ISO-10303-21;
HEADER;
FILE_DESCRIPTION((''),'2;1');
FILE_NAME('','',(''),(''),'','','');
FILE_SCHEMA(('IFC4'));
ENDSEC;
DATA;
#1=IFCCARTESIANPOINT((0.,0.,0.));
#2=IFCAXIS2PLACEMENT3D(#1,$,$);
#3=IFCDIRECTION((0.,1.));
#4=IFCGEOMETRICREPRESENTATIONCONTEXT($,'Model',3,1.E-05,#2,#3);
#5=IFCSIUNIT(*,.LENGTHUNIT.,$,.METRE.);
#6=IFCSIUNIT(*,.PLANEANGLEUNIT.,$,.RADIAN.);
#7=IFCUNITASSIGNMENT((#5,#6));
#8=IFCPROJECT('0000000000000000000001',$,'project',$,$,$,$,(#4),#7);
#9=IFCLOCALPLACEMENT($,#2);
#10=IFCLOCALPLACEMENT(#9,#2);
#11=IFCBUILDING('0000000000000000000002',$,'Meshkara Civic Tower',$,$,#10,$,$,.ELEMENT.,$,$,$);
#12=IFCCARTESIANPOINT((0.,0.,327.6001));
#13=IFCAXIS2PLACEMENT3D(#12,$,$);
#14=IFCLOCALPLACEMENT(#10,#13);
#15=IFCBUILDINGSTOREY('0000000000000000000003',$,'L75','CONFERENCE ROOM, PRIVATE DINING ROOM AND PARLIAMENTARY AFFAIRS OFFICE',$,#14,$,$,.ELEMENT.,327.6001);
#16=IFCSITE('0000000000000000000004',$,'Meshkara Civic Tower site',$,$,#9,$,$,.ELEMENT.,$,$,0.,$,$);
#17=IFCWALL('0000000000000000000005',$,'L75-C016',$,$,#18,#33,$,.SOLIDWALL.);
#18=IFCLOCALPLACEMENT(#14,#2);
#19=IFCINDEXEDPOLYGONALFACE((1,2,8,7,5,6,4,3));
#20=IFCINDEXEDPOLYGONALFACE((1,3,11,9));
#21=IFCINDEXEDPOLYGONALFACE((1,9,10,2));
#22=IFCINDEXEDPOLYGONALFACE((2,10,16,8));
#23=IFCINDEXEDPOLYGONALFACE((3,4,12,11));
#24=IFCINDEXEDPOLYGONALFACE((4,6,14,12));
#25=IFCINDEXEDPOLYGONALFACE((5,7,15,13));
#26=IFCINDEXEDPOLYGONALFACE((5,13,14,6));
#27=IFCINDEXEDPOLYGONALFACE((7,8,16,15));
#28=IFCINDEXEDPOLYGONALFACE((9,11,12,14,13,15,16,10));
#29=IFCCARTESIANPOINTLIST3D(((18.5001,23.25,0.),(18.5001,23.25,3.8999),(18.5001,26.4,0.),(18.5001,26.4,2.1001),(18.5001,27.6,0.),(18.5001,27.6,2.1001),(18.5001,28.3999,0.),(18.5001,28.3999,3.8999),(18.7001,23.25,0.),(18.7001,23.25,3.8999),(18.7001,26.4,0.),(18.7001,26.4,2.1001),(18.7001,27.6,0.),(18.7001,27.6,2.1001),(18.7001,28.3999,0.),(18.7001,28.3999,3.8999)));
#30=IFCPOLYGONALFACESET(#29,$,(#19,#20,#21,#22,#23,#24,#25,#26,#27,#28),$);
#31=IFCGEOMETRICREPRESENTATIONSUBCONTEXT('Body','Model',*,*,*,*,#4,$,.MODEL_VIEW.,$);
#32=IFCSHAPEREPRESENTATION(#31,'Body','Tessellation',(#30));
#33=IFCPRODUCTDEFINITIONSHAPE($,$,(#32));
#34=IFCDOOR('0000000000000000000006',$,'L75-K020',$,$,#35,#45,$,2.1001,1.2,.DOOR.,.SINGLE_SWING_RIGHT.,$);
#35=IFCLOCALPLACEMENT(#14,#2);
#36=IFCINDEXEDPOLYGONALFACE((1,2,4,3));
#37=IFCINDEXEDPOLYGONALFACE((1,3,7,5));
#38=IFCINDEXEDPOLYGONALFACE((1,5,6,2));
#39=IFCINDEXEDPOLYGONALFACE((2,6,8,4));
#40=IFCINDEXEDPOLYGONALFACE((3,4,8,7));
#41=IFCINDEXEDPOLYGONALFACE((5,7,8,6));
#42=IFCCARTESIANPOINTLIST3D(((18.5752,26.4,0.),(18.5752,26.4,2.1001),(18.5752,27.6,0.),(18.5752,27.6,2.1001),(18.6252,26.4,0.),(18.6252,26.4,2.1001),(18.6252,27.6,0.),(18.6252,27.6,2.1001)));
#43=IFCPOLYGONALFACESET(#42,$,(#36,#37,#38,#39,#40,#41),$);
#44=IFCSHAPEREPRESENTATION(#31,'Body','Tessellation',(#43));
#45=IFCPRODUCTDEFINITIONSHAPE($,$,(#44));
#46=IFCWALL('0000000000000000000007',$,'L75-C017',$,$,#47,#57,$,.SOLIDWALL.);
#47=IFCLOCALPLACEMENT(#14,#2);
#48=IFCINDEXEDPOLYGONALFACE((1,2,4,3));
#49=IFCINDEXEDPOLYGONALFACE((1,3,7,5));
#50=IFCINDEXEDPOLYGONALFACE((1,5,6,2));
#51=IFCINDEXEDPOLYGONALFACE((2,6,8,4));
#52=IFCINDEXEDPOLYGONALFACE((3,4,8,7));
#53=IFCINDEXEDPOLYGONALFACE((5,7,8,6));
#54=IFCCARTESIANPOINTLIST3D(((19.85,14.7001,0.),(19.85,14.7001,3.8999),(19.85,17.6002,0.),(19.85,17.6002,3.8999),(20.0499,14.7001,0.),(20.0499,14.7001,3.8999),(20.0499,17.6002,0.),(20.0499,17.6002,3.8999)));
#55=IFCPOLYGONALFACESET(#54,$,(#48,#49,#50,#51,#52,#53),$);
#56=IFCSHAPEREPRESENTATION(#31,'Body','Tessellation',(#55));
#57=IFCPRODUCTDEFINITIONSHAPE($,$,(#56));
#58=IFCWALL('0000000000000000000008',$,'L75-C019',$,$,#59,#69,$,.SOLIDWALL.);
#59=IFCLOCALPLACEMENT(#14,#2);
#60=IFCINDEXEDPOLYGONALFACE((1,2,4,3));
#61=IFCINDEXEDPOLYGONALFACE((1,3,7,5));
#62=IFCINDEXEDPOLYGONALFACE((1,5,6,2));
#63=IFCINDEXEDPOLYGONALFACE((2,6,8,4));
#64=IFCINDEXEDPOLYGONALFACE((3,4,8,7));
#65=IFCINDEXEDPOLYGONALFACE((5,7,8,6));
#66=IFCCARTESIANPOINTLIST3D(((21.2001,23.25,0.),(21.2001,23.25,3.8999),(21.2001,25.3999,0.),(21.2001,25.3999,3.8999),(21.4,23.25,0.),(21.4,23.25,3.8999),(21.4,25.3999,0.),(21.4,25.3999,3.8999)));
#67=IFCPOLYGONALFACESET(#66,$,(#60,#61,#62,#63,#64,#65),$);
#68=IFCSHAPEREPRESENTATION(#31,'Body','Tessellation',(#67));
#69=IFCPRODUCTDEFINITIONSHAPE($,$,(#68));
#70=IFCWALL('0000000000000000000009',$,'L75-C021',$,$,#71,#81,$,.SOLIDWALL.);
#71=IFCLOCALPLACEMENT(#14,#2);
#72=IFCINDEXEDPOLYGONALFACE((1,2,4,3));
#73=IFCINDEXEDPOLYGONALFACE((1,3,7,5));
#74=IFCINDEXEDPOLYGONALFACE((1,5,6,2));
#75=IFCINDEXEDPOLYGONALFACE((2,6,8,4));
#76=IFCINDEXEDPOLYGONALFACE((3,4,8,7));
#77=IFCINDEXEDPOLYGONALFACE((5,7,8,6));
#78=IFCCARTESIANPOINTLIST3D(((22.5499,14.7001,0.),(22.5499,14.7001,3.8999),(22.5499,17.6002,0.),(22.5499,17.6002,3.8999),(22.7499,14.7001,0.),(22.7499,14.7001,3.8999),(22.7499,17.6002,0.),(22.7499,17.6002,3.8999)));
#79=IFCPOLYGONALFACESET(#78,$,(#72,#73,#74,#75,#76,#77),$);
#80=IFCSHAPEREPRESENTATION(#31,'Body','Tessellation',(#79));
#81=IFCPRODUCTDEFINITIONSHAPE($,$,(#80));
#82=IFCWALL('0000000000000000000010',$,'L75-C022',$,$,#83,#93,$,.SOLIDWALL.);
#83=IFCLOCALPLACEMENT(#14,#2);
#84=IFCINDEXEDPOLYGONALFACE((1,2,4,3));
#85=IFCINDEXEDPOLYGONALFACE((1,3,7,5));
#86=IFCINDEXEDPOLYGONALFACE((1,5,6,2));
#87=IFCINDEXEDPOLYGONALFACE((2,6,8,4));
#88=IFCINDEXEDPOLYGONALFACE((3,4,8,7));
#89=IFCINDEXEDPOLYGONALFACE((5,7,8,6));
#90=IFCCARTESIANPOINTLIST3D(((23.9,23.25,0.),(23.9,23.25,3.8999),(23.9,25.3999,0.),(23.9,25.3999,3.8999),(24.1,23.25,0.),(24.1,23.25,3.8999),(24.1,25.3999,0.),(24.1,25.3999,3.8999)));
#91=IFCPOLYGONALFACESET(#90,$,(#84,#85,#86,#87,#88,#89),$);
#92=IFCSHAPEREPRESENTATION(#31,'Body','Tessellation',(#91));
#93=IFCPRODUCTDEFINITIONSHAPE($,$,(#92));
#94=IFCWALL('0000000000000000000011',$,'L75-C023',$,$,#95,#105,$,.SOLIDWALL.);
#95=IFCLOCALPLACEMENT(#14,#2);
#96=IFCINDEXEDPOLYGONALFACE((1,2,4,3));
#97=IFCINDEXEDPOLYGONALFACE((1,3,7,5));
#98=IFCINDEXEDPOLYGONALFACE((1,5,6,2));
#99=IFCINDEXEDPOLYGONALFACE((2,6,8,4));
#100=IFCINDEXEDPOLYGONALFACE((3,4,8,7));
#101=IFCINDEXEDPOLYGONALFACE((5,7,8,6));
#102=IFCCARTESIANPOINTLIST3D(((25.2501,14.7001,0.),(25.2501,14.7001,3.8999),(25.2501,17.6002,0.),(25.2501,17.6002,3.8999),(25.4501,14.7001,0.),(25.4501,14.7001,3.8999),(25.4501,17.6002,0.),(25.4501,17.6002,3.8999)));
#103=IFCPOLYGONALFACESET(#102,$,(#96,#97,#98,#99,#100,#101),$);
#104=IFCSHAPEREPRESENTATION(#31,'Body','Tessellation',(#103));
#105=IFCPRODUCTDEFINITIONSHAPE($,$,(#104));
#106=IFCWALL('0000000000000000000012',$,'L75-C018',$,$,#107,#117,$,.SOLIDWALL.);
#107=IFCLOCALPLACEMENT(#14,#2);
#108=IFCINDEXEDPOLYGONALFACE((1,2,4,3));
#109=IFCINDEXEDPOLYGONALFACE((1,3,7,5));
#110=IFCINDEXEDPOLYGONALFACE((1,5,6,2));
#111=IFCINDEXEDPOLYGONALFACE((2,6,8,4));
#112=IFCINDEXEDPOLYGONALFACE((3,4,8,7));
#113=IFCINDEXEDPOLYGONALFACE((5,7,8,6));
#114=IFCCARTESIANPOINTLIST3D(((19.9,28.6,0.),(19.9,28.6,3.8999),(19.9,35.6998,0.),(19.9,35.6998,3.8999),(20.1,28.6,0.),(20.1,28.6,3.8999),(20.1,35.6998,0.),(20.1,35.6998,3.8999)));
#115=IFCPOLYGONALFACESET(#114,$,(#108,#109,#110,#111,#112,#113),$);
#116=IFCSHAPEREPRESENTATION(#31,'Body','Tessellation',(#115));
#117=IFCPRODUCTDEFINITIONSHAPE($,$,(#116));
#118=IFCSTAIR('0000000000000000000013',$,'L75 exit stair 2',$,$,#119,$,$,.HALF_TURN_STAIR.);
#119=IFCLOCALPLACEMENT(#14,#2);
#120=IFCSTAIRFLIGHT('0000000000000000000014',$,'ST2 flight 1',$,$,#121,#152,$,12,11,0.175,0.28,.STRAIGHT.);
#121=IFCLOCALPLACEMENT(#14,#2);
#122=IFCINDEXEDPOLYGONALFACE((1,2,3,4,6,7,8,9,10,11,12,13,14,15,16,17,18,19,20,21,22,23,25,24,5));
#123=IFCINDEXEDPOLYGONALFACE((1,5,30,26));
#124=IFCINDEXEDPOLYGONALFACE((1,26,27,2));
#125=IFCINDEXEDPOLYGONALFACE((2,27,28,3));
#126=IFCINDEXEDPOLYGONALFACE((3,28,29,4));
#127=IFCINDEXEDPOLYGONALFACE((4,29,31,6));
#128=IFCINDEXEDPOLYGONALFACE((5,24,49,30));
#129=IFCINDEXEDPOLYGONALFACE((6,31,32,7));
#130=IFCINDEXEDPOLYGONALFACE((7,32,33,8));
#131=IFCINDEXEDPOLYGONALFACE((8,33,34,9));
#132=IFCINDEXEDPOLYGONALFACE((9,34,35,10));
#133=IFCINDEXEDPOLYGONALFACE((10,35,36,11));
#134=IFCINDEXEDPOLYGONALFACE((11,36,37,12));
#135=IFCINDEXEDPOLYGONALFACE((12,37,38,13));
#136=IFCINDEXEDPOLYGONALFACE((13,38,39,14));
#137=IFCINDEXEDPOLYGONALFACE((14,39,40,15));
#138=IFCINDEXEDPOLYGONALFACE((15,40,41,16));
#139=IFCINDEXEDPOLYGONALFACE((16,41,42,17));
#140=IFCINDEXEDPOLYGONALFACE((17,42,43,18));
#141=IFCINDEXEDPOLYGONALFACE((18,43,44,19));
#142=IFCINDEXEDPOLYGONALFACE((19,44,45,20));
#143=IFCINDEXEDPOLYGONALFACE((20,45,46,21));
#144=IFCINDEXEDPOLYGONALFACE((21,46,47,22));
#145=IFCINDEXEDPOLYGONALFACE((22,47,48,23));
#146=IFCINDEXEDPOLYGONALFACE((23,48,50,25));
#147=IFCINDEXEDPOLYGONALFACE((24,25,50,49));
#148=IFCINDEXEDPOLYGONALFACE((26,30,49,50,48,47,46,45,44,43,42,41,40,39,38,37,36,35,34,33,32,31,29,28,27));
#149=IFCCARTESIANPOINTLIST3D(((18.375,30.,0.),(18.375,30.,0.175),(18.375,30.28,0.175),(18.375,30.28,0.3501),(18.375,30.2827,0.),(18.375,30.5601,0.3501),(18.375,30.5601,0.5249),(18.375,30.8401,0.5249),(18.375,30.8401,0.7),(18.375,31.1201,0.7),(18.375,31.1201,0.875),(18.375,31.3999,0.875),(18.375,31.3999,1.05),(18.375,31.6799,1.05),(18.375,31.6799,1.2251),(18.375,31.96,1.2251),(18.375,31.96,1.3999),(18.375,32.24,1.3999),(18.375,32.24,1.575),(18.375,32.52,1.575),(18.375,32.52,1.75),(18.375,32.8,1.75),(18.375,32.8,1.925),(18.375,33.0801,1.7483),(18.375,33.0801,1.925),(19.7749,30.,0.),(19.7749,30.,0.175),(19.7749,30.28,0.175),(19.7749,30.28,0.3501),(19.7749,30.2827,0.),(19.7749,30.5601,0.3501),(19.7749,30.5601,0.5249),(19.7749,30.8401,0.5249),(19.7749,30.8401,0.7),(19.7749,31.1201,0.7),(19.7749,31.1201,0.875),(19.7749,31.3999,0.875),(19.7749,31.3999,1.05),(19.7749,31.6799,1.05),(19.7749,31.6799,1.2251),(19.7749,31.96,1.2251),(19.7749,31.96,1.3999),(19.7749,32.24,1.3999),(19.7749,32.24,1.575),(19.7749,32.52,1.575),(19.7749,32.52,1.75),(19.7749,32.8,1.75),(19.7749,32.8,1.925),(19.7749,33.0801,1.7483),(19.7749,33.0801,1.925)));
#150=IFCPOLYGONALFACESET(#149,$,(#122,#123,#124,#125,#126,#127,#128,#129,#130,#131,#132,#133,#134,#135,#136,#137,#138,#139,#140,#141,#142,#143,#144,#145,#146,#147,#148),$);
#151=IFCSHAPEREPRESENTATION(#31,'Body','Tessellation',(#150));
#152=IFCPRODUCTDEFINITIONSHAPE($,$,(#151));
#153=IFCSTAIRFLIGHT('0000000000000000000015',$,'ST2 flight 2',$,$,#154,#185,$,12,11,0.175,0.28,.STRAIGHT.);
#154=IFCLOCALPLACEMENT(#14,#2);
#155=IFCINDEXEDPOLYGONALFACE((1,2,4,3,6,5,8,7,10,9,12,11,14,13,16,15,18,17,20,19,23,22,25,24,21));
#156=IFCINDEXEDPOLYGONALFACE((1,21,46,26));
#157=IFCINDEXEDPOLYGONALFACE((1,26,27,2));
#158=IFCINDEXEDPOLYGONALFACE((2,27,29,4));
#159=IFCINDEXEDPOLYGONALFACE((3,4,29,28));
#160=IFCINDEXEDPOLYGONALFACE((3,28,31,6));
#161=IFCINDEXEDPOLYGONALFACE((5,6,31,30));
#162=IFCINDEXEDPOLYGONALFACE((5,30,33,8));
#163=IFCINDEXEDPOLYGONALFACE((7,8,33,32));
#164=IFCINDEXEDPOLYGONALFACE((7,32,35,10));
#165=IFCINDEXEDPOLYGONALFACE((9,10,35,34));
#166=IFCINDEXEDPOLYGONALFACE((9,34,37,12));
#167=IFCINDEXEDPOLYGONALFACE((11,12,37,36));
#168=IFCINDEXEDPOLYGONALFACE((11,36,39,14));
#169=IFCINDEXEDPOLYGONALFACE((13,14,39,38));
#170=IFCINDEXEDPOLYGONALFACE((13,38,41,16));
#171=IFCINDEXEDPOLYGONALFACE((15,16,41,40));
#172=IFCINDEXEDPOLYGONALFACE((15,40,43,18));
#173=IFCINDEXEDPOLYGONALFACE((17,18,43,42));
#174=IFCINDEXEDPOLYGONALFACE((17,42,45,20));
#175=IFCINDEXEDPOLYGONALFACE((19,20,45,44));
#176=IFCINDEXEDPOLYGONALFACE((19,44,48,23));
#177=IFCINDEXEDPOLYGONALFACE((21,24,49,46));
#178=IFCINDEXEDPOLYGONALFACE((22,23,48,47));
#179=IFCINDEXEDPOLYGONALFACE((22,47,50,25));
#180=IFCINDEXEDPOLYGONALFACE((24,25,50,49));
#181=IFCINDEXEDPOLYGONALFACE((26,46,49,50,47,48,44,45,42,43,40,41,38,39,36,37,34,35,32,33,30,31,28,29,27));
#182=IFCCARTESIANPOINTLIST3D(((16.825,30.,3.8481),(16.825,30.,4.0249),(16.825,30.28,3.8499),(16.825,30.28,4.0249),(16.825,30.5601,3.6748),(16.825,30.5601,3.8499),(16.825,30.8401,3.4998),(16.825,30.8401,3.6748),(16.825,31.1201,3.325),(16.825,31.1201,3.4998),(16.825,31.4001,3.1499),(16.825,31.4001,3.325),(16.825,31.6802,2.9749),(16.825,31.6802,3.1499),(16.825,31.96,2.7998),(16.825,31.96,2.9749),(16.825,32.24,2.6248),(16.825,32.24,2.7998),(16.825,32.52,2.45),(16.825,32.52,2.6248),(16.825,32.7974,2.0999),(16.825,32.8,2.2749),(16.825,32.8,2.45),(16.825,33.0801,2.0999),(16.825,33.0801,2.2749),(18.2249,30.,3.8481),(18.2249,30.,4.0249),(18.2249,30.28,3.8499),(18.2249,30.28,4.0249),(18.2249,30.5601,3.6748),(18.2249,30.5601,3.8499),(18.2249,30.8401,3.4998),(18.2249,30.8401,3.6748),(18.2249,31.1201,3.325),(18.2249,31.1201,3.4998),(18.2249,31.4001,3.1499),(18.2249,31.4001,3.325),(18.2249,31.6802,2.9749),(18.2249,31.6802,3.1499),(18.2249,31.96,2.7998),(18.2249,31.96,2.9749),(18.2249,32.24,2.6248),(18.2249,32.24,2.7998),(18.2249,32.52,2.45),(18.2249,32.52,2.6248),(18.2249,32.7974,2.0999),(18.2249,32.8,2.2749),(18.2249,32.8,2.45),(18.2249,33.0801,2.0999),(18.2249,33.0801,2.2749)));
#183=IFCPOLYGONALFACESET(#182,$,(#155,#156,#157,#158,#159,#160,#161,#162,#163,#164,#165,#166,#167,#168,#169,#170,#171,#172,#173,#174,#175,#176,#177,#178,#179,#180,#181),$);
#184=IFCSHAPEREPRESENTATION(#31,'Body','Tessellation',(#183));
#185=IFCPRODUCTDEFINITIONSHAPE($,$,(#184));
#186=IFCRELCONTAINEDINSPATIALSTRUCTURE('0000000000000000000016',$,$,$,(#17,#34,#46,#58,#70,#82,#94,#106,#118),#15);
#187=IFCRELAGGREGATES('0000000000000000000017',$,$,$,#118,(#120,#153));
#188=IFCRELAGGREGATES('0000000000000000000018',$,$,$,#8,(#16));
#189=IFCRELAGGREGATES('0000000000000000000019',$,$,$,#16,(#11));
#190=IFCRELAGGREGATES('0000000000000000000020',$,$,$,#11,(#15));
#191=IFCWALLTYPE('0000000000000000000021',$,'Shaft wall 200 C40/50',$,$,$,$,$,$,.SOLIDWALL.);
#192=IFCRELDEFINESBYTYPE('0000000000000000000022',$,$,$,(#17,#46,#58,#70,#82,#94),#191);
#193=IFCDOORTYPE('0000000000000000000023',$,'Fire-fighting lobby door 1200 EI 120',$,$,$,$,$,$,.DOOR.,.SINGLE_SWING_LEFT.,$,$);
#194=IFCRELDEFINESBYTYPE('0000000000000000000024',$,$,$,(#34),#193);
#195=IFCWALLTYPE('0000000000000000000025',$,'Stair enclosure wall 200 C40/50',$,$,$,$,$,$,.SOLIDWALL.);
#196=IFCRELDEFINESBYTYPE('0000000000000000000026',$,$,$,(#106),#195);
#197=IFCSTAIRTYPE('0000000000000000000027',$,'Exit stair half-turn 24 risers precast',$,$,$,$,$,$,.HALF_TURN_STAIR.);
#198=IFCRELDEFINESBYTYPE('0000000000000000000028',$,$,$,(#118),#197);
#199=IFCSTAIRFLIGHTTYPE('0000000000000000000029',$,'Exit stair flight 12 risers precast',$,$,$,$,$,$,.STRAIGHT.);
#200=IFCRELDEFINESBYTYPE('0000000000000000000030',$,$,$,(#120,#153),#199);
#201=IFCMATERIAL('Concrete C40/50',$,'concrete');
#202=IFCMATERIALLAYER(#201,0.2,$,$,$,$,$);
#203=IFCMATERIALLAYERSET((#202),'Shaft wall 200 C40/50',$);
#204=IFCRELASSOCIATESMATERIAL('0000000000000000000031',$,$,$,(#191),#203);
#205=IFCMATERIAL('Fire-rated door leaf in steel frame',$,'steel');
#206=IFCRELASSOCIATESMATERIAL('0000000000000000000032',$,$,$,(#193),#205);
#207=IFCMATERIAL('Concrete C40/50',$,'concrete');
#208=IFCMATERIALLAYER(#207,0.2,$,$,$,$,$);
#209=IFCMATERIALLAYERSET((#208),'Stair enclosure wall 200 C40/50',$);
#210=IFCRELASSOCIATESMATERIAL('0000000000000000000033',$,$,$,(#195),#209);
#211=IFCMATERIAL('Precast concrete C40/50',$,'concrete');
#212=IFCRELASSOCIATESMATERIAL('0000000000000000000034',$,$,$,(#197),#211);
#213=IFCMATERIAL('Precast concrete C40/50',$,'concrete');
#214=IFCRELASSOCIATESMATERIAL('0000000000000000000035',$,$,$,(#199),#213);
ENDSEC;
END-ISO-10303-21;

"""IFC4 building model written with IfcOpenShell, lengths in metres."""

from ifc_helpers import new_model, si_unit, direction, frame, frame_2d, origin, place, context, subcontext, project, spatial, polyline, rectangle, outline, extrude, material, layer, layer_set, type_object, element, fill, aggregate, save


model = new_model("IFC4")

# Units and contexts
model_context = context("Model", 3, precision=1e-05, world=origin(), true_north=direction((0.0, 1.0)))
body_context = subcontext(model_context, "Body", "Model", "MODEL_VIEW")
ifc_project = project(units=[si_unit("LENGTHUNIT", "METRE"), si_unit("PLANEANGLEUNIT", "RADIAN")], contexts=[model_context])

# Site, building, storey
site_placement = place(None, origin())
site = spatial("IfcSite", under=ifc_project, at=site_placement, Name="Meshkara Civic Tower site", CompositionType="ELEMENT", RefElevation=0.0)
building_placement = place(site_placement, origin())
building = spatial("IfcBuilding", under=site, at=building_placement, Name="Meshkara Civic Tower", CompositionType="ELEMENT")
storey_placement = place(building_placement, frame((0.0, 0.0, 327.6001)))
storey = spatial("IfcBuildingStorey", under=building, at=storey_placement, Name="L75", Description="CONFERENCE ROOM, PRIVATE DINING ROOM AND PARLIAMENTARY AFFAIRS OFFICE", CompositionType="ELEMENT", Elevation=327.6001)

# Shared definitions
ifc_material_1 = material(Name="Concrete C40/50", Category="concrete")
ifc_layer_1 = layer(ifc_material_1, 0.2)
ifc_layer_set_1 = layer_set([ifc_layer_1], Name="Shaft wall 200 C40/50")
wall_type_1 = type_object("IfcWallType", Name="Shaft wall 200 C40/50", PredefinedType="SOLIDWALL", material=ifc_layer_set_1)

# Wall, opening, door
wall_1_placement = place(storey_placement, frame((18.6001, 23.25, 0.0), z_axis=(0.0, 0.0, 1.0), x_axis=(0.0, 1.0, 0.0)))
wall_1 = element("IfcWall", 1, at=wall_1_placement, inside=storey, type_object=wall_type_1, Name="L75-C016", PredefinedType="SOLIDWALL", context=body_context, shape_type="SweptSolid", body=[
    extrude(rectangle(XDim=5.1499, YDim=0.2, at=frame_2d((2.575, 0.0))), origin(), (0.0, 0.0, 1.0), 3.8999),
])
opening_1_placement = place(wall_1_placement, frame((3.1499, 0.0, 0.0)))
opening_1 = element("IfcOpeningElement", 2, at=opening_1_placement, cuts=wall_1, PredefinedType="OPENING", context=body_context, shape_type="SweptSolid", body=[
    extrude(rectangle(XDim=1.2, YDim=2.1001, at=frame_2d((0.6001, 1.05))), frame((0.0, 0.1099, 0.0), z_axis=(0.0, -1.0, 0.0), x_axis=(1.0, 0.0, 0.0)), (0.0, 0.0, 1.0), 0.22),
])
ifc_material_2 = material(Name="Fire-rated door leaf in steel frame", Category="steel")
door_type_1 = type_object("IfcDoorType", Name="Fire-fighting lobby door 1200 EI 120", OperationType="SINGLE_SWING_LEFT", PredefinedType="DOOR", material=ifc_material_2)
door_1_placement = place(opening_1_placement, origin())
door_1 = element("IfcDoor", 3, at=door_1_placement, inside=storey, type_object=door_type_1, Name="L75-K020", OperationType="SINGLE_SWING_RIGHT", OverallHeight=2.1001, OverallWidth=1.2, PredefinedType="DOOR", context=body_context, shape_type="SweptSolid", body=[
    extrude(rectangle(XDim=1.2, YDim=2.1001, at=frame_2d((0.6001, 1.05))), frame((0.0, 0.0249, 0.0), z_axis=(0.0, -1.0, 0.0), x_axis=(1.0, 0.0, 0.0)), (0.0, 0.0, 1.0), 0.05),
])
fill(opening_1, door_1)

# Walls
wall_2_placement = place(storey_placement, frame((19.95, 14.7, 0.0), z_axis=(0.0, 0.0, 1.0), x_axis=(0.0, 1.0, 0.0)))
element("IfcWall", 4, at=wall_2_placement, inside=storey, type_object=wall_type_1, Name="L75-C017", PredefinedType="SOLIDWALL", context=body_context, shape_type="SweptSolid", body=[
    extrude(rectangle(XDim=2.9001, YDim=0.2, at=frame_2d((1.4502, 0.0))), origin(), (0.0, 0.0, 1.0), 3.8999),
])
wall_3_placement = place(storey_placement, frame((21.3, 23.25, 0.0), z_axis=(0.0, 0.0, 1.0), x_axis=(0.0, 1.0, 0.0)))
element("IfcWall", 5, at=wall_3_placement, inside=storey, type_object=wall_type_1, Name="L75-C019", PredefinedType="SOLIDWALL", context=body_context, shape_type="SweptSolid", body=[
    extrude(rectangle(XDim=2.1499, YDim=0.2, at=frame_2d((1.075, 0.0))), origin(), (0.0, 0.0, 1.0), 3.8999),
])
wall_4_placement = place(storey_placement, frame((22.6499, 14.7, 0.0), z_axis=(0.0, 0.0, 1.0), x_axis=(0.0, 1.0, 0.0)))
element("IfcWall", 6, at=wall_4_placement, inside=storey, type_object=wall_type_1, Name="L75-C021", PredefinedType="SOLIDWALL", context=body_context, shape_type="SweptSolid", body=[
    extrude(rectangle(XDim=2.9001, YDim=0.2, at=frame_2d((1.4502, 0.0))), origin(), (0.0, 0.0, 1.0), 3.8999),
])
wall_5_placement = place(storey_placement, frame((24.0, 23.25, 0.0), z_axis=(0.0, 0.0, 1.0), x_axis=(0.0, 1.0, 0.0)))
element("IfcWall", 7, at=wall_5_placement, inside=storey, type_object=wall_type_1, Name="L75-C022", PredefinedType="SOLIDWALL", context=body_context, shape_type="SweptSolid", body=[
    extrude(rectangle(XDim=2.1499, YDim=0.2, at=frame_2d((1.075, 0.0))), origin(), (0.0, 0.0, 1.0), 3.8999),
])
wall_6_placement = place(storey_placement, frame((25.3501, 14.7, 0.0), z_axis=(0.0, 0.0, 1.0), x_axis=(0.0, 1.0, 0.0)))
element("IfcWall", 8, at=wall_6_placement, inside=storey, type_object=wall_type_1, Name="L75-C023", PredefinedType="SOLIDWALL", context=body_context, shape_type="SweptSolid", body=[
    extrude(rectangle(XDim=2.9001, YDim=0.2, at=frame_2d((1.4502, 0.0))), origin(), (0.0, 0.0, 1.0), 3.8999),
])
ifc_material_3 = material(Name="Concrete C40/50", Category="concrete")
ifc_layer_2 = layer(ifc_material_3, 0.2)
ifc_layer_set_2 = layer_set([ifc_layer_2], Name="Stair enclosure wall 200 C40/50")
wall_type_2 = type_object("IfcWallType", Name="Stair enclosure wall 200 C40/50", PredefinedType="SOLIDWALL", material=ifc_layer_set_2)
wall_7_placement = place(storey_placement, frame((20.0, 28.6001, 0.0), z_axis=(0.0, 0.0, 1.0), x_axis=(0.0, 1.0, 0.0)))
element("IfcWall", 9, at=wall_7_placement, inside=storey, type_object=wall_type_2, Name="L75-C018", PredefinedType="SOLIDWALL", context=body_context, shape_type="SweptSolid", body=[
    extrude(rectangle(XDim=7.0999, YDim=0.2, at=frame_2d((3.5498, 0.0))), origin(), (0.0, 0.0, 1.0), 3.8999),
])

# Stair, stair flights
ifc_material_4 = material(Name="Precast concrete C40/50", Category="concrete")
stair_type = type_object("IfcStairType", Name="Exit stair half-turn 24 risers precast", PredefinedType="HALF_TURN_STAIR", material=ifc_material_4)
stair_placement = place(storey_placement, origin())
stair = element("IfcStair", 10, at=stair_placement, inside=storey, type_object=stair_type, Name="L75 exit stair 2", PredefinedType="HALF_TURN_STAIR")
ifc_material_5 = material(Name="Precast concrete C40/50", Category="concrete")
stair_flight_type = type_object("IfcStairFlightType", Name="Exit stair flight 12 risers precast", PredefinedType="STRAIGHT", material=ifc_material_5)
stair_flight_1_placement = place(storey_placement, frame((19.075, 30.0, 0.0), z_axis=(0.0, 0.0, 1.0), x_axis=(0.0, 1.0, 0.0)))
stair_flight_1 = element("IfcStairFlight", 11, at=stair_flight_1_placement, type_object=stair_flight_type, Name="ST2 flight 1", NumberOfRisers=12, NumberOfTreads=11, PredefinedType="STRAIGHT", RiserHeight=0.175, TreadLength=0.28, context=body_context, shape_type="SweptSolid", body=[
    extrude(outline(polyline([(0.0, 0.0), (0.0, 0.175), (0.28, 0.175), (0.28, 0.3501), (0.5601, 0.3501), (0.5601, 0.5249), (0.8401, 0.5249), (0.8401, 0.7), (1.1201, 0.7), (1.1201, 0.875), (1.3999, 0.875), (1.3999, 1.05), (1.6799, 1.05), (1.6799, 1.2251), (1.96, 1.2251), (1.96, 1.3999), (2.24, 1.3999), (2.24, 1.575), (2.52, 1.575), (2.52, 1.75), (2.8, 1.75), (2.8, 1.925), (3.0801, 1.925), (3.0801, 2.1001), (3.0801, 1.7483), (0.2827, 0.0), (0.0, 0.0)])), frame((0.0, 0.7, 0.0), z_axis=(0.0, -1.0, 0.0), x_axis=(1.0, 0.0, 0.0)), (0.0, 0.0, 1.0), 1.3999),
])
stair_flight_2_placement = place(storey_placement, frame((17.5249, 33.0801, 2.0999), z_axis=(0.0, 0.0, 1.0), x_axis=(0.0, -1.0, 0.0)))
stair_flight_2 = element("IfcStairFlight", 12, at=stair_flight_2_placement, type_object=stair_flight_type, Name="ST2 flight 2", NumberOfRisers=12, NumberOfTreads=11, PredefinedType="STRAIGHT", RiserHeight=0.175, TreadLength=0.28, context=body_context, shape_type="SweptSolid", body=[
    extrude(outline(polyline([(0.0, 0.0), (0.0, 0.175), (0.28, 0.175), (0.28, 0.3501), (0.5601, 0.3501), (0.5601, 0.5249), (0.8401, 0.5249), (0.8401, 0.7), (1.1201, 0.7), (1.1201, 0.875), (1.3999, 0.875), (1.3999, 1.05), (1.6799, 1.05), (1.6799, 1.2251), (1.96, 1.2251), (1.96, 1.3999), (2.24, 1.3999), (2.24, 1.575), (2.52, 1.575), (2.52, 1.75), (2.8, 1.75), (2.8, 1.925), (3.0801, 1.925), (3.0801, 2.1001), (3.0801, 1.7483), (0.2827, 0.0), (0.0, 0.0)])), frame((0.0, 0.7, 0.0), z_axis=(0.0, -1.0, 0.0), x_axis=(1.0, 0.0, 0.0)), (0.0, 0.0, 1.0), 1.3999),
])
aggregate(stair, [stair_flight_1, stair_flight_2])

save(model, "model.ifc")
